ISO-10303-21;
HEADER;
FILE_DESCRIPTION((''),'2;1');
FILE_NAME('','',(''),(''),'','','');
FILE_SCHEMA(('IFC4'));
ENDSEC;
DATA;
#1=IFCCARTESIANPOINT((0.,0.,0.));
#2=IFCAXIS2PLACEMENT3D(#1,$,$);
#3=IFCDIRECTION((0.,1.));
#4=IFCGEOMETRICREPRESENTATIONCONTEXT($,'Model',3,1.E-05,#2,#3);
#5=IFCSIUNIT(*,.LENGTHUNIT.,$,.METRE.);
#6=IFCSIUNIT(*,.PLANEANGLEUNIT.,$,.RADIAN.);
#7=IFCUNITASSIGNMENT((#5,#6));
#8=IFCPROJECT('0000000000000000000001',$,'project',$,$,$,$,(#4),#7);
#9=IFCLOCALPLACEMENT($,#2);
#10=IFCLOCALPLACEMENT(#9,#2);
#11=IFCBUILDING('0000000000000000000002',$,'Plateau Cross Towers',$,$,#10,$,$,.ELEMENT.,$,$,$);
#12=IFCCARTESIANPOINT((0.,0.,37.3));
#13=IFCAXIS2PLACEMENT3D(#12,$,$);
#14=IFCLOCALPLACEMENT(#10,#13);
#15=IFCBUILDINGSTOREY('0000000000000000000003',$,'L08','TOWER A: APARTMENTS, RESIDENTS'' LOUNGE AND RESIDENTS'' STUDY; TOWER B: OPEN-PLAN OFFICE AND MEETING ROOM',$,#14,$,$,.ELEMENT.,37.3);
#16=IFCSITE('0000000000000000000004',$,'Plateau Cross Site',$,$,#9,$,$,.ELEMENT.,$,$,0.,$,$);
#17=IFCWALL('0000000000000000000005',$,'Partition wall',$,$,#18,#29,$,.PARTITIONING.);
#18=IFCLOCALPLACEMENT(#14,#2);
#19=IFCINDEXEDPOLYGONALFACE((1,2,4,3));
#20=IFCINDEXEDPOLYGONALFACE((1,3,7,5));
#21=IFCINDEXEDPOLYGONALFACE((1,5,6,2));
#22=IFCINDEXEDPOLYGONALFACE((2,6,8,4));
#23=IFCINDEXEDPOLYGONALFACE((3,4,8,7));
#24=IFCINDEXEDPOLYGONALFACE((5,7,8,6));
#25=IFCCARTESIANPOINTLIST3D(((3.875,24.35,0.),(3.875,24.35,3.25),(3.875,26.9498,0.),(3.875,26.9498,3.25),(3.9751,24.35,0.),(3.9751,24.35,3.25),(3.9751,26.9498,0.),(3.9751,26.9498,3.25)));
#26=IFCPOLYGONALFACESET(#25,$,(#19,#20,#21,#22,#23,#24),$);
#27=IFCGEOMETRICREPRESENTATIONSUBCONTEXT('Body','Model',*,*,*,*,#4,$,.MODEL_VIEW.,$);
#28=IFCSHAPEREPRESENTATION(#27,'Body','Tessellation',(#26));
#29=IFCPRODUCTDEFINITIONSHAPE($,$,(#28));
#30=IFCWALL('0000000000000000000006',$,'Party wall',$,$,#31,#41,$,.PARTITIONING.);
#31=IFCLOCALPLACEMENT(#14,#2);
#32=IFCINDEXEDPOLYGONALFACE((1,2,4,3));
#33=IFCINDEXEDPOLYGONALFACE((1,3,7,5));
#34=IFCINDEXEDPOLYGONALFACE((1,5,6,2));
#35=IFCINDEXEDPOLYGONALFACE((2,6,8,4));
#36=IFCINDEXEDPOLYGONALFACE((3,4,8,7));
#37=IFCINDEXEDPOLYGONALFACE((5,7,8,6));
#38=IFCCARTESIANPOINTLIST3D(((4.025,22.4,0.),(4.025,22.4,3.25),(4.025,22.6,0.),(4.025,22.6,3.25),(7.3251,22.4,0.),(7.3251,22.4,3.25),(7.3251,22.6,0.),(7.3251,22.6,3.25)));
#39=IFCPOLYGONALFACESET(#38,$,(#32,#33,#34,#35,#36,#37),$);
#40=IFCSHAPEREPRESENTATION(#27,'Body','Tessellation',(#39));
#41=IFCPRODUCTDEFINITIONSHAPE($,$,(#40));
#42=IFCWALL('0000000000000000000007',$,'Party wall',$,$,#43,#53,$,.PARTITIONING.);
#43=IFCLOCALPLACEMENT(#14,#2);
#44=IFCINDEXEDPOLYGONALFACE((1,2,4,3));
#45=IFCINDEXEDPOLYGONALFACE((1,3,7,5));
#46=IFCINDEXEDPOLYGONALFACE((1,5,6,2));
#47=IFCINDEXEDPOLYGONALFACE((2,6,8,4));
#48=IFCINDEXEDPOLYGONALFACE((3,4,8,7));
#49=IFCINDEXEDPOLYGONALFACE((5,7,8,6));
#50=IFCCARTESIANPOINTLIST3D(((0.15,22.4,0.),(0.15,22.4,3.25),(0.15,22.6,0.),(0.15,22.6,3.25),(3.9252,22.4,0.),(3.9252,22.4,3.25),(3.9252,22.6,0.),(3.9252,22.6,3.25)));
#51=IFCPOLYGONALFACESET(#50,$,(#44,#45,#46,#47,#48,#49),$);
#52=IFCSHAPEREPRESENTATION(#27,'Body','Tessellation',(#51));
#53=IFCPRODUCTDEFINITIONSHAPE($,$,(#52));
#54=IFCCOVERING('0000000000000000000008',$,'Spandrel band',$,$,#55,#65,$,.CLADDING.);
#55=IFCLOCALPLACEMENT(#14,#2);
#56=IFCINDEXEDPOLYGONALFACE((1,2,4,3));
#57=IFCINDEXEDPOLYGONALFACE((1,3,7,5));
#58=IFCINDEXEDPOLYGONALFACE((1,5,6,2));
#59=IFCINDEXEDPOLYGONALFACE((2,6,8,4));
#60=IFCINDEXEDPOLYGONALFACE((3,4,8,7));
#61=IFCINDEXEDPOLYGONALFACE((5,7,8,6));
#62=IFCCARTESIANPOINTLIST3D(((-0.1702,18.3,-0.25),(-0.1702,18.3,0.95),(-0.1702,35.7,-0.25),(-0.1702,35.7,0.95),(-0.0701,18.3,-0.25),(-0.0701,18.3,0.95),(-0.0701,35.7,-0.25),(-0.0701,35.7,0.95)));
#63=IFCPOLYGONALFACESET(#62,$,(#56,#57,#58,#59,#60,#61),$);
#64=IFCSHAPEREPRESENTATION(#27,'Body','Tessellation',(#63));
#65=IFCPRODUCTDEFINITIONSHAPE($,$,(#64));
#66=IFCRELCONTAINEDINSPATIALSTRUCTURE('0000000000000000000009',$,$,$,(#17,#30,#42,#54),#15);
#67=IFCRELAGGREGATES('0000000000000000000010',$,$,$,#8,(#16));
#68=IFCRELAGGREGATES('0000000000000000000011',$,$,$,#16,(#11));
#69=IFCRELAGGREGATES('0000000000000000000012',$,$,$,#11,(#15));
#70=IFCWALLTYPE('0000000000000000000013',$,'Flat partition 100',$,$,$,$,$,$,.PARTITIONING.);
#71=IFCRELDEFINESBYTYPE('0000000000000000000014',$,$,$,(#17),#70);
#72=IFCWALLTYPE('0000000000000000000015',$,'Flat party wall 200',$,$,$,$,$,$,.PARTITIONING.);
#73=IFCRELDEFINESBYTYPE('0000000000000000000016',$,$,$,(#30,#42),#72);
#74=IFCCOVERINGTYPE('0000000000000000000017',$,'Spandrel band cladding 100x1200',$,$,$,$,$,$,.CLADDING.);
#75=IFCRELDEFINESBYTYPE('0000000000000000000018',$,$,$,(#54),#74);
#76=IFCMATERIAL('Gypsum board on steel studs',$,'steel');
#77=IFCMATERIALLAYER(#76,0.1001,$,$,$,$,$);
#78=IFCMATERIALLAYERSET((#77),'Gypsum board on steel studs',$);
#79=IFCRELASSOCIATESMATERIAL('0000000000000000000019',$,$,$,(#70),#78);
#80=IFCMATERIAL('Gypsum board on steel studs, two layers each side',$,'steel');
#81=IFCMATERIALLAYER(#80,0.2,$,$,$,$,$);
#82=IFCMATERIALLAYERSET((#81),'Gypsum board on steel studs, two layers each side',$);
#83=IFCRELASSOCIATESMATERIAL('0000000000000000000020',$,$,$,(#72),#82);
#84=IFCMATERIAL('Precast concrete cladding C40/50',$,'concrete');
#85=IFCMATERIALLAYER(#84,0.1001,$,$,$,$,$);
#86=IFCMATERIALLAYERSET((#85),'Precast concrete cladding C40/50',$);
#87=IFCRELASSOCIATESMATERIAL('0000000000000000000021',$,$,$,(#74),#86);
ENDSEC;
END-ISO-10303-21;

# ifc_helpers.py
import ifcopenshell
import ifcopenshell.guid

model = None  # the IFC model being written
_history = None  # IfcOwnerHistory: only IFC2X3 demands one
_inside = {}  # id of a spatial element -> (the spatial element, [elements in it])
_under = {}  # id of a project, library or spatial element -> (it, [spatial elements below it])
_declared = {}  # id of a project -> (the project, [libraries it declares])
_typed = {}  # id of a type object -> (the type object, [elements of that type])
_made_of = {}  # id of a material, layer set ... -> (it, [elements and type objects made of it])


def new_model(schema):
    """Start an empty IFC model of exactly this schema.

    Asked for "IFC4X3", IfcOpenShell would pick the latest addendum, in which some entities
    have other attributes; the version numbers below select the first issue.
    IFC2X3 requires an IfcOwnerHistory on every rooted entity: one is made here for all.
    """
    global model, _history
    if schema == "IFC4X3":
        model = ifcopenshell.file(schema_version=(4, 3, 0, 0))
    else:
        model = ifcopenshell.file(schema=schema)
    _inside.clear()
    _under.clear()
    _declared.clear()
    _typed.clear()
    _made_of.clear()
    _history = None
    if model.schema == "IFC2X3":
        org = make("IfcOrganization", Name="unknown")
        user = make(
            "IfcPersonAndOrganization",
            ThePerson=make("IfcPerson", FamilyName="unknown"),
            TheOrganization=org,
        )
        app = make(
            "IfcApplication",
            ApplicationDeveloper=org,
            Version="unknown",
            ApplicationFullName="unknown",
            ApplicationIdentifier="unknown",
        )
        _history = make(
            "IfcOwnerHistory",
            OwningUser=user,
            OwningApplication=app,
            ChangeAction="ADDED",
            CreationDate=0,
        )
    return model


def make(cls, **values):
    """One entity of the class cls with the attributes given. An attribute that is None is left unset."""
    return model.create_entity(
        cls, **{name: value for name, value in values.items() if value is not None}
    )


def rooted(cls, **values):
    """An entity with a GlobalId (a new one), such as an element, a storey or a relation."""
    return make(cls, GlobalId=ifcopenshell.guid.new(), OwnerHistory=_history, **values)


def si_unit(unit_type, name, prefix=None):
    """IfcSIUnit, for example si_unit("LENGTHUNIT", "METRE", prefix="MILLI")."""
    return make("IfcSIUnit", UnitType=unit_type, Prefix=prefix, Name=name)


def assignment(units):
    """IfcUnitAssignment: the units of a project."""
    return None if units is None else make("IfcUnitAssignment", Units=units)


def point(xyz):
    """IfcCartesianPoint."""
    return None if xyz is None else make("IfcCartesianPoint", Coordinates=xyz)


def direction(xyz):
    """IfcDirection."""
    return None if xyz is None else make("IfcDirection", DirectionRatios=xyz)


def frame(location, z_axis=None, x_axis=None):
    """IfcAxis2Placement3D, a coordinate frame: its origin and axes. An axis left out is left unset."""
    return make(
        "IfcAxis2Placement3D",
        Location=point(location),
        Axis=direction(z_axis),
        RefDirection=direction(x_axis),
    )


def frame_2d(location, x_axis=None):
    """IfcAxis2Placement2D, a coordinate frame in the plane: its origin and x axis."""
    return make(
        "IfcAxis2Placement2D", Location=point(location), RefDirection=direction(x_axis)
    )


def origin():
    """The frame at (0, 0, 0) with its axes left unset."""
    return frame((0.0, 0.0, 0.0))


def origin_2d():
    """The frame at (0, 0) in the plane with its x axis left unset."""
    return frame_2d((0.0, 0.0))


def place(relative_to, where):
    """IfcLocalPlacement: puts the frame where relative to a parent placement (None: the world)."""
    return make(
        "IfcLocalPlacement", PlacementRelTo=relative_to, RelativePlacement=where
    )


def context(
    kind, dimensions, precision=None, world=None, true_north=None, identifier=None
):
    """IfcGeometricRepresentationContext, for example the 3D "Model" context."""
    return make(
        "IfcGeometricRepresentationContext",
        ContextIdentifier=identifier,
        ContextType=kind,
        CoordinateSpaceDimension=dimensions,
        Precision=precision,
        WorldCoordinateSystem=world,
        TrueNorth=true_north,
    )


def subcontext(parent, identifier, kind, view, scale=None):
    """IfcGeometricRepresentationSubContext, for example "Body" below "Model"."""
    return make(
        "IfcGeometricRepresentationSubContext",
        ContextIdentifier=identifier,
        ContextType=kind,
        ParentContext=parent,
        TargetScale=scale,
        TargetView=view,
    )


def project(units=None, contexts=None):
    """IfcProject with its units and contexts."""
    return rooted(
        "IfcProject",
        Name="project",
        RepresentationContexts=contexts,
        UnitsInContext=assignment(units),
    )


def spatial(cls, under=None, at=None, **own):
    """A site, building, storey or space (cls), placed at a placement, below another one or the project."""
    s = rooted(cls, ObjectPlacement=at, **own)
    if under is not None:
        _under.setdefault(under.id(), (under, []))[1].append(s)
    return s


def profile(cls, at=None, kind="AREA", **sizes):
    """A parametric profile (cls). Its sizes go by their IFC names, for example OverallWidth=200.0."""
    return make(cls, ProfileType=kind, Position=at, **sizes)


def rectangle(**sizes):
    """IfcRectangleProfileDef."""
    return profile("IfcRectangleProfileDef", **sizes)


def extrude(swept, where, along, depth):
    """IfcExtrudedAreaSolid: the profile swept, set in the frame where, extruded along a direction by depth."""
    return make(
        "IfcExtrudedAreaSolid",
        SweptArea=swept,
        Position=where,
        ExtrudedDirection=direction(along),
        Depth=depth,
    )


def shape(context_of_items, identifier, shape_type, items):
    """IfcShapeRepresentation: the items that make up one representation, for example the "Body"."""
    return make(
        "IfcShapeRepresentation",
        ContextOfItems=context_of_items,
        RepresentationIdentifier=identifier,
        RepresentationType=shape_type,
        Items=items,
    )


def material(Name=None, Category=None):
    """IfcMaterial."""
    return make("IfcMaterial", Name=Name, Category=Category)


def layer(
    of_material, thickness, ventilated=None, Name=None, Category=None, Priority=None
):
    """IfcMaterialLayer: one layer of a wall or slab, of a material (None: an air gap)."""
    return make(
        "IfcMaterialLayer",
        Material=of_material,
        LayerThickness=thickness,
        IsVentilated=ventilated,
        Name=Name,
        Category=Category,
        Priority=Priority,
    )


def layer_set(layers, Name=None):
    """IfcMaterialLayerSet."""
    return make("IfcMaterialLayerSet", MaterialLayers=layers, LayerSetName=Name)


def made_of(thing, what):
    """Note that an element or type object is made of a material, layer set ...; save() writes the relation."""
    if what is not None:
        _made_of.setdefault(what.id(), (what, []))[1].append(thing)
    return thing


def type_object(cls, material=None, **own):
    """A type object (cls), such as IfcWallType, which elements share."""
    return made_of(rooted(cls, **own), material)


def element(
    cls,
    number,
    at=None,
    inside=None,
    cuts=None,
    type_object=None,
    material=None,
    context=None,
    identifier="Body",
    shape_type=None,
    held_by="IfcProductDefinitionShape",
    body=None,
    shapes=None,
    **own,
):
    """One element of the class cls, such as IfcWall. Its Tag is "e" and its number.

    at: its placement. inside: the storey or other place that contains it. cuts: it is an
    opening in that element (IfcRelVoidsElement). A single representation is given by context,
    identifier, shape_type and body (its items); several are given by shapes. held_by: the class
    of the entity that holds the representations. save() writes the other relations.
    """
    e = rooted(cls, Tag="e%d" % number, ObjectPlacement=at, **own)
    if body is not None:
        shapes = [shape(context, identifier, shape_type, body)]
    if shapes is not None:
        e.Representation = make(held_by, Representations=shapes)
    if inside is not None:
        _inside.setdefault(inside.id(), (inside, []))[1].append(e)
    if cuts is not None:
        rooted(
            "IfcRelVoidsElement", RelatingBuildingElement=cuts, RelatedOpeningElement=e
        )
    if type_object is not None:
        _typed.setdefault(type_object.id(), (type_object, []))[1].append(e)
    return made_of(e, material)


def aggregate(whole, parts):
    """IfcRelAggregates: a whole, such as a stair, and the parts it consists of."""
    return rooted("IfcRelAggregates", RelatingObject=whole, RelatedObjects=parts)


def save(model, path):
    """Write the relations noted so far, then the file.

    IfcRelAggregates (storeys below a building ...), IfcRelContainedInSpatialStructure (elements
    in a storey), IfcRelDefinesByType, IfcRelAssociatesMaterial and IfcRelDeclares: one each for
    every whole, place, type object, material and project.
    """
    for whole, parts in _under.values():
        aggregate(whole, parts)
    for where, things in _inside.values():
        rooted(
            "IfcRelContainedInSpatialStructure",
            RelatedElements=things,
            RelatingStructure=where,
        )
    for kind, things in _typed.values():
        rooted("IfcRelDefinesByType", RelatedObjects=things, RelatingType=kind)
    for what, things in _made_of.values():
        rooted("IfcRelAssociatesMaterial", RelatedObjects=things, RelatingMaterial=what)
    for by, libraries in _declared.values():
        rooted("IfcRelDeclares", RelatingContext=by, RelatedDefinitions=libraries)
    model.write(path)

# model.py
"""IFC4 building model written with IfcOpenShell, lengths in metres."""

from ifc_helpers import new_model, si_unit, direction, frame, frame_2d, origin, origin_2d, place, context, subcontext, project, spatial, rectangle, extrude, material, layer, layer_set, type_object, element, save


model = new_model("IFC4")

# Units and contexts
model_context = context("Model", 3, precision=1e-05, world=origin(), true_north=direction((0.0, 1.0)))
body_context = subcontext(model_context, "Body", "Model", "MODEL_VIEW")
ifc_project = project(units=[si_unit("LENGTHUNIT", "METRE"), si_unit("PLANEANGLEUNIT", "RADIAN")], contexts=[model_context])

# Site, building, storey
site_placement = place(None, origin())
site = spatial("IfcSite", under=ifc_project, at=site_placement, Name="Plateau Cross Site", CompositionType="ELEMENT", RefElevation=0.0)
building_placement = place(site_placement, origin())
building = spatial("IfcBuilding", under=site, at=building_placement, Name="Plateau Cross Towers", CompositionType="ELEMENT")
storey_placement = place(building_placement, frame((0.0, 0.0, 37.3)))
storey = spatial("IfcBuildingStorey", under=building, at=storey_placement, Name="L08", Description="TOWER A: APARTMENTS, RESIDENTS' LOUNGE AND RESIDENTS' STUDY; TOWER B: OPEN-PLAN OFFICE AND MEETING ROOM", CompositionType="ELEMENT", Elevation=37.3)

# Shared definitions
ifc_material_1 = material(Name="Gypsum board on steel studs", Category="steel")
ifc_layer_1 = layer(ifc_material_1, 0.1001)
ifc_layer_set_1 = layer_set([ifc_layer_1], Name="Gypsum board on steel studs")
wall_type_1 = type_object("IfcWallType", Name="Flat partition 100", PredefinedType="PARTITIONING", material=ifc_layer_set_1)

# Walls
wall_1_placement = place(storey_placement, frame((3.925, 24.3501, 0.0), z_axis=(0.0, 0.0, 1.0), x_axis=(0.0, 1.0, 0.0)))
element("IfcWall", 1, at=wall_1_placement, inside=storey, type_object=wall_type_1, Name="Partition wall", PredefinedType="PARTITIONING", context=body_context, shape_type="SweptSolid", body=[
    extrude(rectangle(XDim=2.5999, YDim=0.1001, at=frame_2d((1.2998, 0.0))), origin(), (0.0, 0.0, 1.0), 3.25),
])
ifc_material_2 = material(Name="Gypsum board on steel studs, two layers each side", Category="steel")
ifc_layer_2 = layer(ifc_material_2, 0.2)
ifc_layer_set_2 = layer_set([ifc_layer_2], Name="Gypsum board on steel studs, two layers each side")
wall_type_2 = type_object("IfcWallType", Name="Flat party wall 200", PredefinedType="PARTITIONING", material=ifc_layer_set_2)
wall_2_placement = place(storey_placement, frame((7.325, 22.5, 0.0), z_axis=(0.0, 0.0, 1.0), x_axis=(-1.0, 0.0, 0.0)))
element("IfcWall", 2, at=wall_2_placement, inside=storey, type_object=wall_type_2, Name="Party wall", PredefinedType="PARTITIONING", context=body_context, shape_type="SweptSolid", body=[
    extrude(rectangle(XDim=3.3, YDim=0.2, at=frame_2d((1.6499, 0.0))), origin(), (0.0, 0.0, 1.0), 3.25),
])
wall_3_placement = place(storey_placement, frame((0.1499, 22.5, 0.0), z_axis=(0.0, 0.0, 1.0), x_axis=(1.0, 0.0, 0.0)))
element("IfcWall", 3, at=wall_3_placement, inside=storey, type_object=wall_type_2, Name="Party wall", PredefinedType="PARTITIONING", context=body_context, shape_type="SweptSolid", body=[
    extrude(rectangle(XDim=3.7751, YDim=0.2, at=frame_2d((1.8877, 0.0))), origin(), (0.0, 0.0, 1.0), 3.25),
])

# Covering
ifc_material_3 = material(Name="Precast concrete cladding C40/50", Category="concrete")
ifc_layer_3 = layer(ifc_material_3, 0.1001)
ifc_layer_set_3 = layer_set([ifc_layer_3], Name="Precast concrete cladding C40/50")
covering_type = type_object("IfcCoveringType", Name="Spandrel band cladding 100x1200", PredefinedType="CLADDING", material=ifc_layer_set_3)
covering_placement = place(storey_placement, frame((-0.1201, 27.0, -0.25), z_axis=(0.0, 0.0, 1.0), x_axis=(0.0, -1.0, 0.0)))
element("IfcCovering", 4, at=covering_placement, inside=storey, type_object=covering_type, Name="Spandrel band", PredefinedType="CLADDING", context=body_context, shape_type="SweptSolid", body=[
    extrude(rectangle(XDim=17.3999, YDim=0.1001, at=origin_2d()), origin(), (0.0, 0.0, 1.0), 1.2),
])

save(model, "model.ifc")
